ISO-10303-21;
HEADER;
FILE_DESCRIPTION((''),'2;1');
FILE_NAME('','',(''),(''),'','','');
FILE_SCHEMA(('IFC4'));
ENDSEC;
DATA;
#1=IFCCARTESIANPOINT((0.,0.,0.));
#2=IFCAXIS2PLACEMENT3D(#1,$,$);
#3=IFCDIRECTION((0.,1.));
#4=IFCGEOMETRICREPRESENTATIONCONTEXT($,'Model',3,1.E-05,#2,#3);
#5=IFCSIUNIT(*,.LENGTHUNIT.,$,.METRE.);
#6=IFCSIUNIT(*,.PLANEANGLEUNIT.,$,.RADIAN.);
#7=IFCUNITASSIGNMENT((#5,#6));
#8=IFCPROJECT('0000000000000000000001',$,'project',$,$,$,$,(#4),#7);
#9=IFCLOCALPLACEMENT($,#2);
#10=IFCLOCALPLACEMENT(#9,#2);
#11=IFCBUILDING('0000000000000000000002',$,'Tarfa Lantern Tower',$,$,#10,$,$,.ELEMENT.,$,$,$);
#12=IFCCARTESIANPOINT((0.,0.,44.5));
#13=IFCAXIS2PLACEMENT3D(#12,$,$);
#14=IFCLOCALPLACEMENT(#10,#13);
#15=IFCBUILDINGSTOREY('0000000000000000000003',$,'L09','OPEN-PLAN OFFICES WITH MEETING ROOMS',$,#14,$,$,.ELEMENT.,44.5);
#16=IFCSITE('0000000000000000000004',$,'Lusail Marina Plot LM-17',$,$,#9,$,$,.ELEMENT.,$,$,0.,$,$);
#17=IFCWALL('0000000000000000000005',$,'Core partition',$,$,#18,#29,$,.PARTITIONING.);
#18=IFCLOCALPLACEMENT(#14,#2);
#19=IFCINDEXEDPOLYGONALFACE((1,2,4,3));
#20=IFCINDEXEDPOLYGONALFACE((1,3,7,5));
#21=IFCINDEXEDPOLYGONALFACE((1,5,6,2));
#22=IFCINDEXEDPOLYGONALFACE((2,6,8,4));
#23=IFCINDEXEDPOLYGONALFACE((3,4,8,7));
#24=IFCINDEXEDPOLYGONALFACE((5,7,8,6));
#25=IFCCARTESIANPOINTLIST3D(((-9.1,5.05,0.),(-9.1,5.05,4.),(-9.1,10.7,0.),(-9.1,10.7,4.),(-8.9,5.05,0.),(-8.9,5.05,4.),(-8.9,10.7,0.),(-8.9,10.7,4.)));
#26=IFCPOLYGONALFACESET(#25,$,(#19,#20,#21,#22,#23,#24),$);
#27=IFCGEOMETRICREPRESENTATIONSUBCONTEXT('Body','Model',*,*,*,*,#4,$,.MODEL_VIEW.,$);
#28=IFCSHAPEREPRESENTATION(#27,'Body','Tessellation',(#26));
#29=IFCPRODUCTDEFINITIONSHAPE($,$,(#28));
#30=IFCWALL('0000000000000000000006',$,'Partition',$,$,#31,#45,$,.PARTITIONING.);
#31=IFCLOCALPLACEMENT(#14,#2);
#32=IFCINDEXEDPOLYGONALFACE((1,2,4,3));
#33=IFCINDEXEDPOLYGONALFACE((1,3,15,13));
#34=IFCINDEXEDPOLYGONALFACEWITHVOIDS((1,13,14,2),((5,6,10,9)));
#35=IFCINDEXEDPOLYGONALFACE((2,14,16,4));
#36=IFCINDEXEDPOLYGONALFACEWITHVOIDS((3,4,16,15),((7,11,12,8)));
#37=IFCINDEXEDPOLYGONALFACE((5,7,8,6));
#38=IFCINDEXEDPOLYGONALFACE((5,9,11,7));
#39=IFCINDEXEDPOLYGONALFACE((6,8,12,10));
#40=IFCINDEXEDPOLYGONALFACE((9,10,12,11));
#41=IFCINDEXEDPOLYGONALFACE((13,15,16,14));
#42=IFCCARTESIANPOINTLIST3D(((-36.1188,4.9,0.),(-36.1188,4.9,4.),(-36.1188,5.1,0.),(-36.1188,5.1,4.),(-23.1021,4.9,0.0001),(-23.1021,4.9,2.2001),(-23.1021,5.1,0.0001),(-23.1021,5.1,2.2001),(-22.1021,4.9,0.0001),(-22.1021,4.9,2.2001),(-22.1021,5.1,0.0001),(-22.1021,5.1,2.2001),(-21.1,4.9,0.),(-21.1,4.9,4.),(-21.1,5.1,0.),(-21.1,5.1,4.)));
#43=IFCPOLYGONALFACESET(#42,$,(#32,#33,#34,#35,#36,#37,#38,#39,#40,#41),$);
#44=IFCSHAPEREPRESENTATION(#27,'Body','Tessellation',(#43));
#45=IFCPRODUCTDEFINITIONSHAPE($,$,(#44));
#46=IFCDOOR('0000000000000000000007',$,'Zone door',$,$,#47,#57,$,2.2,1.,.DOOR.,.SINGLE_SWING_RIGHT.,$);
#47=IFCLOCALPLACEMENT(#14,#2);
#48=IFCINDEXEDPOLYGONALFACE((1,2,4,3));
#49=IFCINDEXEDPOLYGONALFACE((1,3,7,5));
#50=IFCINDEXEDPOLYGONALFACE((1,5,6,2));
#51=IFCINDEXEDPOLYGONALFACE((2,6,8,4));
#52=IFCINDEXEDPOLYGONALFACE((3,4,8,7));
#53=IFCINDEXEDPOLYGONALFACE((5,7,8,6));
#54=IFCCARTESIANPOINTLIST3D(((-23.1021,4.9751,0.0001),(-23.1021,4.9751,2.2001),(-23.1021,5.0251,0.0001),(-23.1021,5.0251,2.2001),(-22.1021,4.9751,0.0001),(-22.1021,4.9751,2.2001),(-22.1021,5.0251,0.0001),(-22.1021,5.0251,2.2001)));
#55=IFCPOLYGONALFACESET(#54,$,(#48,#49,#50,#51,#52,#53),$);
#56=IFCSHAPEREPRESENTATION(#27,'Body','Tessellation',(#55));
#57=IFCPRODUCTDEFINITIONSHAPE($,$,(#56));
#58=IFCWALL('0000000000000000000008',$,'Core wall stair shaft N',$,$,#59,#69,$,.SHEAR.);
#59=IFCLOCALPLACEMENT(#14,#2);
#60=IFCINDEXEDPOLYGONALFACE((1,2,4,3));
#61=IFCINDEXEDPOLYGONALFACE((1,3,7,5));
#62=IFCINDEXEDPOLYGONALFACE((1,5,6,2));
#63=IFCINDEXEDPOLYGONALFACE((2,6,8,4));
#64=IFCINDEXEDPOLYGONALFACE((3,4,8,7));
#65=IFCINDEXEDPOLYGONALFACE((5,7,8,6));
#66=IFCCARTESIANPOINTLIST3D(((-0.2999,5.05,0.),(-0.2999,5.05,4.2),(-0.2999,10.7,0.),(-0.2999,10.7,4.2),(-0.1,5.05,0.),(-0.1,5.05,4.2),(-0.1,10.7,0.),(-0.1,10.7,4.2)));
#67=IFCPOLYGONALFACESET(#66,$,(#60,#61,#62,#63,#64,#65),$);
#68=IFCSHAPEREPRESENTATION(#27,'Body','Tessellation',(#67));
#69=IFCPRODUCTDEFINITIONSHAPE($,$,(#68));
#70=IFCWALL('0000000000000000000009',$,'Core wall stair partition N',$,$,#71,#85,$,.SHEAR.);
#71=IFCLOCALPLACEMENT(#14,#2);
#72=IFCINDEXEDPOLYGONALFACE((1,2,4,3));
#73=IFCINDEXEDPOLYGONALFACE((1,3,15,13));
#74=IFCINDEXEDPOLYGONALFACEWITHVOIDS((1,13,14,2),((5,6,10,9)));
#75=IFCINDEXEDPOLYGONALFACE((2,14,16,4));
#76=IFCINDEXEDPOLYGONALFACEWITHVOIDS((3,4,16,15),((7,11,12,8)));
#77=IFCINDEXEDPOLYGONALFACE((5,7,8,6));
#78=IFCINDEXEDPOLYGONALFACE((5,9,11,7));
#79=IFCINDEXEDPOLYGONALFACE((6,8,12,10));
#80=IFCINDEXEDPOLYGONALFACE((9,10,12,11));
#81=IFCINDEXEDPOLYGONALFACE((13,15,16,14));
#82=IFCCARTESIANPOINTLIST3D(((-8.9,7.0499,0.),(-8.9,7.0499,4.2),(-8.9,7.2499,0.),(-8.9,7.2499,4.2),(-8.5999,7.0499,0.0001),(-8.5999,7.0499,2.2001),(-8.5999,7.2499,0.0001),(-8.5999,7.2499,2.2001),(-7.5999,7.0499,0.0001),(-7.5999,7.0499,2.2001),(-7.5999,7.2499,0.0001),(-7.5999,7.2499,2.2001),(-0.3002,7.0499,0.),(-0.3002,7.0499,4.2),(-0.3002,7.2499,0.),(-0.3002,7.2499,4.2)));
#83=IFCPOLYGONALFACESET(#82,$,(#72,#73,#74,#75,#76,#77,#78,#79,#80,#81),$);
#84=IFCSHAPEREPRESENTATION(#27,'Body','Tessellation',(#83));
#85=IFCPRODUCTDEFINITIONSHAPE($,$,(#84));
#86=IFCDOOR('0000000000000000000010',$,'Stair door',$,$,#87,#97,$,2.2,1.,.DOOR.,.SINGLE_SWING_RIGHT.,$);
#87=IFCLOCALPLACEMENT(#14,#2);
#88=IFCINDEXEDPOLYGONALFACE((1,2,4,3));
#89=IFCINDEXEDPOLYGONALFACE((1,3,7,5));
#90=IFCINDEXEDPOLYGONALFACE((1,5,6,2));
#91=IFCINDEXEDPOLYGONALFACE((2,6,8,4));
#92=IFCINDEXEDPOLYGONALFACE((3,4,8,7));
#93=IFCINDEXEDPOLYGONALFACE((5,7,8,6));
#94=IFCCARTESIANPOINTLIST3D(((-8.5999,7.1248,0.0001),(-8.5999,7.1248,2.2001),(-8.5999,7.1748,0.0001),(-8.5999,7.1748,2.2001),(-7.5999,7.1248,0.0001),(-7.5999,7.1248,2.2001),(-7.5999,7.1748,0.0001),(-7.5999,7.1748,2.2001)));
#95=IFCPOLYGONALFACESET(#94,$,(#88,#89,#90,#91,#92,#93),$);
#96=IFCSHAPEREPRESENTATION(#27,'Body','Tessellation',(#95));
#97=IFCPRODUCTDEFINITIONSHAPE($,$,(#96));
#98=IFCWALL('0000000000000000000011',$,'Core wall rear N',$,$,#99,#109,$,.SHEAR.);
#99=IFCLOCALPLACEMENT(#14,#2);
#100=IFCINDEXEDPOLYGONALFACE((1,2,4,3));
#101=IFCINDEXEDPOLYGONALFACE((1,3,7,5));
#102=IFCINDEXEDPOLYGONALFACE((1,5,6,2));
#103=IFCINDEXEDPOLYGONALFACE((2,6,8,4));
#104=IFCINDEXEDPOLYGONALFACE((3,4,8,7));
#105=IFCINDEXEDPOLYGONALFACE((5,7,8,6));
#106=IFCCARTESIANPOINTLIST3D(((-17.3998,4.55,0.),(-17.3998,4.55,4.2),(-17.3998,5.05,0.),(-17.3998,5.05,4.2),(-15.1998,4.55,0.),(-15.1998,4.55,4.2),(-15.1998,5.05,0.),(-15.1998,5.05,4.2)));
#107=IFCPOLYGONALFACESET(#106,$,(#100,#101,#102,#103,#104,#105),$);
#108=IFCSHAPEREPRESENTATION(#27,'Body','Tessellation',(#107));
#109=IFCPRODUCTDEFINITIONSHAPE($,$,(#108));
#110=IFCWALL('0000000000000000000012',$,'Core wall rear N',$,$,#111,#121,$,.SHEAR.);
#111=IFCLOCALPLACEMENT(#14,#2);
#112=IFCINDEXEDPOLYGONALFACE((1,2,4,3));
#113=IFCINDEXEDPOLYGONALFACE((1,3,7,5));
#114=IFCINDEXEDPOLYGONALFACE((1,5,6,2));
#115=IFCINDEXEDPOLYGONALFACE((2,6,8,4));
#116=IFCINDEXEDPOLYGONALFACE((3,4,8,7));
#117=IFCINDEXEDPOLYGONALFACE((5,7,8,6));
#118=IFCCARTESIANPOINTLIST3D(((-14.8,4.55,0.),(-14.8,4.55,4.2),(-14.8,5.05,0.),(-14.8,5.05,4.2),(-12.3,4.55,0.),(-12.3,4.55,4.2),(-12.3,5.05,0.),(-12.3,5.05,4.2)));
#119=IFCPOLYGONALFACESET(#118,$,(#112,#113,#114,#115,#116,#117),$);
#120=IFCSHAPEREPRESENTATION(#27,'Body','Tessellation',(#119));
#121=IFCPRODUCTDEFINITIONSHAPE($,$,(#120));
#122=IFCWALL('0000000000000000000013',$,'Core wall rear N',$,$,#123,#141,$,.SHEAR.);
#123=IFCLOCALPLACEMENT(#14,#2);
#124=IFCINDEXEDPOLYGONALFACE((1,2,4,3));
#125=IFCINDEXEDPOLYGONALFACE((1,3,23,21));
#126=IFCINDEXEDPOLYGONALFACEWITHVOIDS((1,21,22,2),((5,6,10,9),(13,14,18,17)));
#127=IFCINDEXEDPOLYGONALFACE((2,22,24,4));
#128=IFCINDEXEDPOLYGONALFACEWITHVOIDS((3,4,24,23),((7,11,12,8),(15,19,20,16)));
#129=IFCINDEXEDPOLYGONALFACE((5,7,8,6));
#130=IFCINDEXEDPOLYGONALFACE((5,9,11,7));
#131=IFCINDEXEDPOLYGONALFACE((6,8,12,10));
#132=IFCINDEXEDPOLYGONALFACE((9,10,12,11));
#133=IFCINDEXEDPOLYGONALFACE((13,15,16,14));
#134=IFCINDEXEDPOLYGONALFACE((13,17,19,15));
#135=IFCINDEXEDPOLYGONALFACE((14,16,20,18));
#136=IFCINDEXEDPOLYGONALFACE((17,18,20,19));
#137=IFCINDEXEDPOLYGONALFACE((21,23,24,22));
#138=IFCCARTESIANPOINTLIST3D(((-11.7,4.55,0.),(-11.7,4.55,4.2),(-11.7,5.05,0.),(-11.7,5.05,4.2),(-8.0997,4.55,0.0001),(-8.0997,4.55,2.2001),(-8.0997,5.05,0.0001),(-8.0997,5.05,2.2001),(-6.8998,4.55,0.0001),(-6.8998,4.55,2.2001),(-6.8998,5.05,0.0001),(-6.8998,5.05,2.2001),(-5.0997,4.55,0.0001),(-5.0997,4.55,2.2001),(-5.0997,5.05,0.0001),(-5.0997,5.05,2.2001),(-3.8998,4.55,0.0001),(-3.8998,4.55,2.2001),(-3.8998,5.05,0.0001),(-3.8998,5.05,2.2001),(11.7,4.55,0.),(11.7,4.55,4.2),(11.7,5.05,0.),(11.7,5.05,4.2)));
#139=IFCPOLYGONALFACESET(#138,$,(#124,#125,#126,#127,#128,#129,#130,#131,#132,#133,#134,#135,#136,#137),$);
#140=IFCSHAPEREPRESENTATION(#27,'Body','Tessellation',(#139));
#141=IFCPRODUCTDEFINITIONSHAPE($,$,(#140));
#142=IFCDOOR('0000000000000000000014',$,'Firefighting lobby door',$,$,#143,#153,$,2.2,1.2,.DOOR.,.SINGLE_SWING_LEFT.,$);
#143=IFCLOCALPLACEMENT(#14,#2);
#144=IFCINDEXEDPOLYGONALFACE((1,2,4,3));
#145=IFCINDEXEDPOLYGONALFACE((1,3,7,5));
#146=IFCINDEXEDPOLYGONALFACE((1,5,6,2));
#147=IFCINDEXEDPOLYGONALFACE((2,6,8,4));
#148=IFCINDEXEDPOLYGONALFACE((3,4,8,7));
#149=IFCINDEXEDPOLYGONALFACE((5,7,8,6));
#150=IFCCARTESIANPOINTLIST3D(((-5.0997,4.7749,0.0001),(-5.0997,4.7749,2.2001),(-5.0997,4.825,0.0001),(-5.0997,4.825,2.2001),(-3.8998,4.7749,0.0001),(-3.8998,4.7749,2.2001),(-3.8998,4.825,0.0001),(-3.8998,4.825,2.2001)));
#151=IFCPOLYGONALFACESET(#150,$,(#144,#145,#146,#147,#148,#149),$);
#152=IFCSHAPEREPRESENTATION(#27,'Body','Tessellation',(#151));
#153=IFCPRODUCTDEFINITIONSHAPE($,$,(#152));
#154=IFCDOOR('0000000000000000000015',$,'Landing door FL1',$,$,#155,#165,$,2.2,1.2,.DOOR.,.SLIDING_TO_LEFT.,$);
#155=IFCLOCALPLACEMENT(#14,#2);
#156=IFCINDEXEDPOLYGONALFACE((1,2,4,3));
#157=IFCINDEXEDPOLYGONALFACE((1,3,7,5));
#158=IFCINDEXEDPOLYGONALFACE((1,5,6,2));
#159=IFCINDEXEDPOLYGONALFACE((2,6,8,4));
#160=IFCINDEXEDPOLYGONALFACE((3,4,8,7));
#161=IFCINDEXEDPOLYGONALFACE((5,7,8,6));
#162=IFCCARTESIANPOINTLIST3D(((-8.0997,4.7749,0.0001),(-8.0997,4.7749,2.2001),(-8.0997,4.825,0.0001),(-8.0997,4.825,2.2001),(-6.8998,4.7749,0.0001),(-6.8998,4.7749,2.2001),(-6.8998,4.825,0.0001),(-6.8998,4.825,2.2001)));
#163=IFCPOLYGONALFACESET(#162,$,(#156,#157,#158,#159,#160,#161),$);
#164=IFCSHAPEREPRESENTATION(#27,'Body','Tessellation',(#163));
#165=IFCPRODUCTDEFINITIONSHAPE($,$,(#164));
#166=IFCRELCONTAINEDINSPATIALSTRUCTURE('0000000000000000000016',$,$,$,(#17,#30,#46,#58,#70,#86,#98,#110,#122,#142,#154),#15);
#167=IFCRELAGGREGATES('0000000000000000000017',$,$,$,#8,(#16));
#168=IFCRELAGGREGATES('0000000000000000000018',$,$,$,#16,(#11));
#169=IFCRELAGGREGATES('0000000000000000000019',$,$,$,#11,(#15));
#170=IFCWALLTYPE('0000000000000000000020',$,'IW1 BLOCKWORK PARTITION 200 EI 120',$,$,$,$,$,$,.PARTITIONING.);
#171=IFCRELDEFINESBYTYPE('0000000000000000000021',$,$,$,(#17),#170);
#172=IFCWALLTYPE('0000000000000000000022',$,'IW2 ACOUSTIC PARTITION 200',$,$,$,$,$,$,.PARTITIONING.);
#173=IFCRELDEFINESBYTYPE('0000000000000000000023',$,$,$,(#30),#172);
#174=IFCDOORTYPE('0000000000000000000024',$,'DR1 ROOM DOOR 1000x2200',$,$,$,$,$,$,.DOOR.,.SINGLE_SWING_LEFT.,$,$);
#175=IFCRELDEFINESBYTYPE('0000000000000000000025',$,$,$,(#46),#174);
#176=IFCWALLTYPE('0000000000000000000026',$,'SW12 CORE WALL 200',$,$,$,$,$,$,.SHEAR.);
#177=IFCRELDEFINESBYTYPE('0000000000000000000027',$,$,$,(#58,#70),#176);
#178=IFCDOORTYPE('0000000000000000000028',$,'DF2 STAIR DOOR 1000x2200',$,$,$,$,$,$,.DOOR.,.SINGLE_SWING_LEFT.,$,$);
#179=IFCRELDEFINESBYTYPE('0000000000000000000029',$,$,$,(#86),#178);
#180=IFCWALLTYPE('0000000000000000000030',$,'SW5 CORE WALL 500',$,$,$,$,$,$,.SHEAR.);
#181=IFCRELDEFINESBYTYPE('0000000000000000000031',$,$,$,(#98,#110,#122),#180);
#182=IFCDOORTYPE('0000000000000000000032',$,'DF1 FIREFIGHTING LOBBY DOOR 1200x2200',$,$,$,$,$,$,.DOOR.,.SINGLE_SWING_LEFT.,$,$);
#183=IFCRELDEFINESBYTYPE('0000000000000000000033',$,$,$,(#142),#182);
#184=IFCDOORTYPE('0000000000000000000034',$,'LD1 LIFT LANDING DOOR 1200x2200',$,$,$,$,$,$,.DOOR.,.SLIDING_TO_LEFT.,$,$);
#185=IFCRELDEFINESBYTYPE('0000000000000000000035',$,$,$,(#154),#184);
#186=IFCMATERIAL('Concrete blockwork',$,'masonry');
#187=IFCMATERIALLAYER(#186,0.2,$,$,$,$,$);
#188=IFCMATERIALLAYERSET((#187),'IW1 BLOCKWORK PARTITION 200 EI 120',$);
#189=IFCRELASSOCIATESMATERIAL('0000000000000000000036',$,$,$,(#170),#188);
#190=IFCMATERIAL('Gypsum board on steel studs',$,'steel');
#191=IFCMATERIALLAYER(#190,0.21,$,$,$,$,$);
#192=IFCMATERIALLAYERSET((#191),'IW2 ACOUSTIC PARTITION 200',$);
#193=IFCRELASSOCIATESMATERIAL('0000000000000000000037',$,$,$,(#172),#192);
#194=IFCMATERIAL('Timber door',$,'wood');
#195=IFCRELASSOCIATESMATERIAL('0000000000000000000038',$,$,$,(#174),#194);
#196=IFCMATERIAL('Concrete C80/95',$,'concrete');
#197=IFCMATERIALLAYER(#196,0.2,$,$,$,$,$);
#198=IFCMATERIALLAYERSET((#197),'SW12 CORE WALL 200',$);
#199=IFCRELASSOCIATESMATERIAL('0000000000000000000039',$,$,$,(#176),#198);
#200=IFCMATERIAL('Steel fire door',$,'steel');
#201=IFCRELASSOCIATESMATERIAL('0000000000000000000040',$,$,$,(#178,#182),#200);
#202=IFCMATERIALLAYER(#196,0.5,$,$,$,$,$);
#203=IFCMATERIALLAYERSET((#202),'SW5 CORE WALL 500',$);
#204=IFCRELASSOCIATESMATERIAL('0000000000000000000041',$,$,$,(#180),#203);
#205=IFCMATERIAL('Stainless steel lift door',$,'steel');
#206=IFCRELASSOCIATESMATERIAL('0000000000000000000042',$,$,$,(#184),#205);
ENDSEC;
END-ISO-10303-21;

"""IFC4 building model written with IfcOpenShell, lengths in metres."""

from ifc_helpers import new_model, si_unit, direction, frame, frame_2d, origin, place, context, subcontext, project, spatial, rectangle, extrude, material, layer, layer_set, type_object, element, fill, save


model = new_model("IFC4")

# Units and contexts
model_context = context("Model", 3, precision=1e-05, world=origin(), true_north=direction((0.0, 1.0)))
body_context = subcontext(model_context, "Body", "Model", "MODEL_VIEW")
ifc_project = project(units=[si_unit("LENGTHUNIT", "METRE"), si_unit("PLANEANGLEUNIT", "RADIAN")], contexts=[model_context])

# Site, building, storey
site_placement = place(None, origin())
site = spatial("IfcSite", under=ifc_project, at=site_placement, Name="Lusail Marina Plot LM-17", CompositionType="ELEMENT", RefElevation=0.0)
building_placement = place(site_placement, origin())
building = spatial("IfcBuilding", under=site, at=building_placement, Name="Tarfa Lantern Tower", CompositionType="ELEMENT")
storey_placement = place(building_placement, frame((0.0, 0.0, 44.5)))
storey = spatial("IfcBuildingStorey", under=building, at=storey_placement, Name="L09", Description="OPEN-PLAN OFFICES WITH MEETING ROOMS", CompositionType="ELEMENT", Elevation=44.5)

# Wall
ifc_material_1 = material(Name="Concrete blockwork", Category="masonry")
ifc_layer_1 = layer(ifc_material_1, 0.2)
ifc_layer_set_1 = layer_set([ifc_layer_1], Name="IW1 BLOCKWORK PARTITION 200 EI 120")
wall_type_1 = type_object("IfcWallType", Name="IW1 BLOCKWORK PARTITION 200 EI 120", PredefinedType="PARTITIONING", material=ifc_layer_set_1)
wall_1_placement = place(storey_placement, frame((-9.0, 5.05, 0.0), z_axis=(0.0, 0.0, 1.0), x_axis=(0.0, 1.0, 0.0)))
element("IfcWall", 1, at=wall_1_placement, inside=storey, type_object=wall_type_1, Name="Core partition", PredefinedType="PARTITIONING", context=body_context, shape_type="SweptSolid", body=[
    extrude(rectangle(XDim=5.6499, YDim=0.2, at=frame_2d((2.825, 0.0))), origin(), (0.0, 0.0, 1.0), 4.0),
])

# Wall, opening, door
ifc_material_2 = material(Name="Gypsum board on steel studs", Category="steel")
ifc_layer_2 = layer(ifc_material_2, 0.21)
ifc_layer_set_2 = layer_set([ifc_layer_2], Name="IW2 ACOUSTIC PARTITION 200")
wall_type_2 = type_object("IfcWallType", Name="IW2 ACOUSTIC PARTITION 200", PredefinedType="PARTITIONING", material=ifc_layer_set_2)
wall_2_placement = place(storey_placement, frame((-21.1001, 5.0, 0.0), z_axis=(0.0, 0.0, 1.0), x_axis=(-1.0, 0.0, 0.0)))
wall_2 = element("IfcWall", 2, at=wall_2_placement, inside=storey, type_object=wall_type_2, Name="Partition", PredefinedType="PARTITIONING", context=body_context, shape_type="SweptSolid", body=[
    extrude(rectangle(XDim=15.0188, YDim=0.2, at=frame_2d((7.5093, 0.0))), origin(), (0.0, 0.0, 1.0), 4.0),
])
opening_1_placement = place(wall_2_placement, frame((1.002, 0.0, 0.0)))
opening_1 = element("IfcOpeningElement", 3, at=opening_1_placement, cuts=wall_2, PredefinedType="OPENING", context=body_context, shape_type="SweptSolid", body=[
    extrude(rectangle(XDim=1.0, YDim=2.2, at=frame_2d((0.5, 1.1001))), frame((0.0, 0.1099, 0.0), z_axis=(0.0, -1.0, 0.0), x_axis=(1.0, 0.0, 0.0)), (0.0, 0.0, 1.0), 0.22),
])
ifc_material_3 = material(Name="Timber door", Category="wood")
door_type_1 = type_object("IfcDoorType", Name="DR1 ROOM DOOR 1000x2200", OperationType="SINGLE_SWING_LEFT", PredefinedType="DOOR", material=ifc_material_3)
door_1_placement = place(opening_1_placement, origin())
door_1 = element("IfcDoor", 4, at=door_1_placement, inside=storey, type_object=door_type_1, Name="Zone door", OperationType="SINGLE_SWING_RIGHT", OverallHeight=2.2, OverallWidth=1.0, PredefinedType="DOOR", context=body_context, shape_type="SweptSolid", body=[
    extrude(rectangle(XDim=1.0, YDim=2.2, at=frame_2d((0.5, 1.1001))), frame((0.0, 0.0249, 0.0), z_axis=(0.0, -1.0, 0.0), x_axis=(1.0, 0.0, 0.0)), (0.0, 0.0, 1.0), 0.05),
])
fill(opening_1, door_1)

# Wall
ifc_material_4 = material(Name="Concrete C80/95", Category="concrete")
ifc_layer_3 = layer(ifc_material_4, 0.2)
ifc_layer_set_3 = layer_set([ifc_layer_3], Name="SW12 CORE WALL 200")
wall_type_3 = type_object("IfcWallType", Name="SW12 CORE WALL 200", PredefinedType="SHEAR", material=ifc_layer_set_3)
wall_3_placement = place(storey_placement, frame((-0.2, 5.05, 0.0), z_axis=(0.0, 0.0, 1.0), x_axis=(0.0, 1.0, 0.0)))
element("IfcWall", 5, at=wall_3_placement, inside=storey, type_object=wall_type_3, Name="Core wall stair shaft N", PredefinedType="SHEAR", context=body_context, shape_type="SweptSolid", body=[
    extrude(rectangle(XDim=5.6499, YDim=0.2, at=frame_2d((2.825, 0.0))), origin(), (0.0, 0.0, 1.0), 4.2),
])

# Wall, opening, door
wall_4_placement = place(storey_placement, frame((-8.8999, 7.1499, 0.0), z_axis=(0.0, 0.0, 1.0), x_axis=(1.0, 0.0, 0.0)))
wall_4 = element("IfcWall", 6, at=wall_4_placement, inside=storey, type_object=wall_type_3, Name="Core wall stair partition N", PredefinedType="SHEAR", context=body_context, shape_type="SweptSolid", body=[
    extrude(rectangle(XDim=8.5999, YDim=0.2, at=frame_2d((4.2998, 0.0))), origin(), (0.0, 0.0, 1.0), 4.2),
])
opening_2_placement = place(wall_4_placement, frame((0.3, 0.0, 0.0)))
opening_2 = element("IfcOpeningElement", 7, at=opening_2_placement, cuts=wall_4, PredefinedType="OPENING", context=body_context, shape_type="SweptSolid", body=[
    extrude(rectangle(XDim=1.0, YDim=2.2, at=frame_2d((0.5, 1.1001))), frame((0.0, 0.1099, 0.0), z_axis=(0.0, -1.0, 0.0), x_axis=(1.0, 0.0, 0.0)), (0.0, 0.0, 1.0), 0.22),
])
ifc_material_5 = material(Name="Steel fire door", Category="steel")
door_type_2 = type_object("IfcDoorType", Name="DF2 STAIR DOOR 1000x2200", OperationType="SINGLE_SWING_LEFT", PredefinedType="DOOR", material=ifc_material_5)
door_2_placement = place(opening_2_placement, origin())
door_2 = element("IfcDoor", 8, at=door_2_placement, inside=storey, type_object=door_type_2, Name="Stair door", OperationType="SINGLE_SWING_RIGHT", OverallHeight=2.2, OverallWidth=1.0, PredefinedType="DOOR", context=body_context, shape_type="SweptSolid", body=[
    extrude(rectangle(XDim=1.0, YDim=2.2, at=frame_2d((0.5, 1.1001))), frame((0.0, 0.0249, 0.0), z_axis=(0.0, -1.0, 0.0), x_axis=(1.0, 0.0, 0.0)), (0.0, 0.0, 1.0), 0.05),
])
fill(opening_2, door_2)

# Walls
ifc_layer_4 = layer(ifc_material_4, 0.5)
ifc_layer_set_4 = layer_set([ifc_layer_4], Name="SW5 CORE WALL 500")
wall_type_4 = type_object("IfcWallType", Name="SW5 CORE WALL 500", PredefinedType="SHEAR", material=ifc_layer_set_4)
wall_5_placement = place(storey_placement, frame((-17.3999, 4.8, 0.0), z_axis=(0.0, 0.0, 1.0), x_axis=(1.0, 0.0, 0.0)))
element("IfcWall", 9, at=wall_5_placement, inside=storey, type_object=wall_type_4, Name="Core wall rear N", PredefinedType="SHEAR", context=body_context, shape_type="SweptSolid", body=[
    extrude(rectangle(XDim=2.2, YDim=0.5, at=frame_2d((1.1001, 0.0))), origin(), (0.0, 0.0, 1.0), 4.2),
])
wall_6_placement = place(storey_placement, frame((-14.8, 4.8, 0.0), z_axis=(0.0, 0.0, 1.0), x_axis=(1.0, 0.0, 0.0)))
element("IfcWall", 10, at=wall_6_placement, inside=storey, type_object=wall_type_4, Name="Core wall rear N", PredefinedType="SHEAR", context=body_context, shape_type="SweptSolid", body=[
    extrude(rectangle(XDim=2.5, YDim=0.5, at=frame_2d((1.25, 0.0))), origin(), (0.0, 0.0, 1.0), 4.2),
])

# Wall, openings, doors
wall_7_placement = place(storey_placement, frame((-11.7, 4.8, 0.0), z_axis=(0.0, 0.0, 1.0), x_axis=(1.0, 0.0, 0.0)))
wall_7 = element("IfcWall", 11, at=wall_7_placement, inside=storey, type_object=wall_type_4, Name="Core wall rear N", PredefinedType="SHEAR", context=body_context, shape_type="SweptSolid", body=[
    extrude(rectangle(XDim=23.3999, YDim=0.5, at=frame_2d((11.7, 0.0))), origin(), (0.0, 0.0, 1.0), 4.2),
])
opening_3_placement = place(wall_7_placement, frame((6.6001, 0.0, 0.0)))
opening_3 = element("IfcOpeningElement", 12, at=opening_3_placement, cuts=wall_7, PredefinedType="OPENING", context=body_context, shape_type="SweptSolid", body=[
    extrude(rectangle(XDim=1.2, YDim=2.2, at=frame_2d((0.6001, 1.1001))), frame((0.0, 0.26, 0.0), z_axis=(0.0, -1.0, 0.0), x_axis=(1.0, 0.0, 0.0)), (0.0, 0.0, 1.0), 0.52),
])
opening_4_placement = place(wall_7_placement, frame((3.6001, 0.0, 0.0)))
opening_4 = element("IfcOpeningElement", 13, at=opening_4_placement, cuts=wall_7, PredefinedType="OPENING", context=body_context, shape_type="SweptSolid", body=[
    extrude(rectangle(XDim=1.2, YDim=2.2, at=frame_2d((0.6001, 1.1001))), frame((0.0, 0.26, 0.0), z_axis=(0.0, -1.0, 0.0), x_axis=(1.0, 0.0, 0.0)), (0.0, 0.0, 1.0), 0.52),
])
door_type_3 = type_object("IfcDoorType", Name="DF1 FIREFIGHTING LOBBY DOOR 1200x2200", OperationType="SINGLE_SWING_LEFT", PredefinedType="DOOR", material=ifc_material_5)
door_3_placement = place(opening_3_placement, origin())
door_3 = element("IfcDoor", 14, at=door_3_placement, inside=storey, type_object=door_type_3, Name="Firefighting lobby door", OperationType="SINGLE_SWING_LEFT", OverallHeight=2.2, OverallWidth=1.2, PredefinedType="DOOR", context=body_context, shape_type="SweptSolid", body=[
    extrude(rectangle(XDim=1.2, YDim=2.2, at=frame_2d((0.6001, 1.1001))), frame((0.0, 0.0249, 0.0), z_axis=(0.0, -1.0, 0.0), x_axis=(1.0, 0.0, 0.0)), (0.0, 0.0, 1.0), 0.05),
])
fill(opening_3, door_3)
ifc_material_6 = material(Name="Stainless steel lift door", Category="steel")
door_type_4 = type_object("IfcDoorType", Name="LD1 LIFT LANDING DOOR 1200x2200", OperationType="SLIDING_TO_LEFT", PredefinedType="DOOR", material=ifc_material_6)
door_4_placement = place(opening_4_placement, origin())
door_4 = element("IfcDoor", 15, at=door_4_placement, inside=storey, type_object=door_type_4, Name="Landing door FL1", OperationType="SLIDING_TO_LEFT", OverallHeight=2.2, OverallWidth=1.2, PredefinedType="DOOR", context=body_context, shape_type="SweptSolid", body=[
    extrude(rectangle(XDim=1.2, YDim=2.2, at=frame_2d((0.6001, 1.1001))), frame((0.0, 0.0249, 0.0), z_axis=(0.0, -1.0, 0.0), x_axis=(1.0, 0.0, 0.0)), (0.0, 0.0, 1.0), 0.05),
])
fill(opening_4, door_4)

save(model, "model.ifc")
